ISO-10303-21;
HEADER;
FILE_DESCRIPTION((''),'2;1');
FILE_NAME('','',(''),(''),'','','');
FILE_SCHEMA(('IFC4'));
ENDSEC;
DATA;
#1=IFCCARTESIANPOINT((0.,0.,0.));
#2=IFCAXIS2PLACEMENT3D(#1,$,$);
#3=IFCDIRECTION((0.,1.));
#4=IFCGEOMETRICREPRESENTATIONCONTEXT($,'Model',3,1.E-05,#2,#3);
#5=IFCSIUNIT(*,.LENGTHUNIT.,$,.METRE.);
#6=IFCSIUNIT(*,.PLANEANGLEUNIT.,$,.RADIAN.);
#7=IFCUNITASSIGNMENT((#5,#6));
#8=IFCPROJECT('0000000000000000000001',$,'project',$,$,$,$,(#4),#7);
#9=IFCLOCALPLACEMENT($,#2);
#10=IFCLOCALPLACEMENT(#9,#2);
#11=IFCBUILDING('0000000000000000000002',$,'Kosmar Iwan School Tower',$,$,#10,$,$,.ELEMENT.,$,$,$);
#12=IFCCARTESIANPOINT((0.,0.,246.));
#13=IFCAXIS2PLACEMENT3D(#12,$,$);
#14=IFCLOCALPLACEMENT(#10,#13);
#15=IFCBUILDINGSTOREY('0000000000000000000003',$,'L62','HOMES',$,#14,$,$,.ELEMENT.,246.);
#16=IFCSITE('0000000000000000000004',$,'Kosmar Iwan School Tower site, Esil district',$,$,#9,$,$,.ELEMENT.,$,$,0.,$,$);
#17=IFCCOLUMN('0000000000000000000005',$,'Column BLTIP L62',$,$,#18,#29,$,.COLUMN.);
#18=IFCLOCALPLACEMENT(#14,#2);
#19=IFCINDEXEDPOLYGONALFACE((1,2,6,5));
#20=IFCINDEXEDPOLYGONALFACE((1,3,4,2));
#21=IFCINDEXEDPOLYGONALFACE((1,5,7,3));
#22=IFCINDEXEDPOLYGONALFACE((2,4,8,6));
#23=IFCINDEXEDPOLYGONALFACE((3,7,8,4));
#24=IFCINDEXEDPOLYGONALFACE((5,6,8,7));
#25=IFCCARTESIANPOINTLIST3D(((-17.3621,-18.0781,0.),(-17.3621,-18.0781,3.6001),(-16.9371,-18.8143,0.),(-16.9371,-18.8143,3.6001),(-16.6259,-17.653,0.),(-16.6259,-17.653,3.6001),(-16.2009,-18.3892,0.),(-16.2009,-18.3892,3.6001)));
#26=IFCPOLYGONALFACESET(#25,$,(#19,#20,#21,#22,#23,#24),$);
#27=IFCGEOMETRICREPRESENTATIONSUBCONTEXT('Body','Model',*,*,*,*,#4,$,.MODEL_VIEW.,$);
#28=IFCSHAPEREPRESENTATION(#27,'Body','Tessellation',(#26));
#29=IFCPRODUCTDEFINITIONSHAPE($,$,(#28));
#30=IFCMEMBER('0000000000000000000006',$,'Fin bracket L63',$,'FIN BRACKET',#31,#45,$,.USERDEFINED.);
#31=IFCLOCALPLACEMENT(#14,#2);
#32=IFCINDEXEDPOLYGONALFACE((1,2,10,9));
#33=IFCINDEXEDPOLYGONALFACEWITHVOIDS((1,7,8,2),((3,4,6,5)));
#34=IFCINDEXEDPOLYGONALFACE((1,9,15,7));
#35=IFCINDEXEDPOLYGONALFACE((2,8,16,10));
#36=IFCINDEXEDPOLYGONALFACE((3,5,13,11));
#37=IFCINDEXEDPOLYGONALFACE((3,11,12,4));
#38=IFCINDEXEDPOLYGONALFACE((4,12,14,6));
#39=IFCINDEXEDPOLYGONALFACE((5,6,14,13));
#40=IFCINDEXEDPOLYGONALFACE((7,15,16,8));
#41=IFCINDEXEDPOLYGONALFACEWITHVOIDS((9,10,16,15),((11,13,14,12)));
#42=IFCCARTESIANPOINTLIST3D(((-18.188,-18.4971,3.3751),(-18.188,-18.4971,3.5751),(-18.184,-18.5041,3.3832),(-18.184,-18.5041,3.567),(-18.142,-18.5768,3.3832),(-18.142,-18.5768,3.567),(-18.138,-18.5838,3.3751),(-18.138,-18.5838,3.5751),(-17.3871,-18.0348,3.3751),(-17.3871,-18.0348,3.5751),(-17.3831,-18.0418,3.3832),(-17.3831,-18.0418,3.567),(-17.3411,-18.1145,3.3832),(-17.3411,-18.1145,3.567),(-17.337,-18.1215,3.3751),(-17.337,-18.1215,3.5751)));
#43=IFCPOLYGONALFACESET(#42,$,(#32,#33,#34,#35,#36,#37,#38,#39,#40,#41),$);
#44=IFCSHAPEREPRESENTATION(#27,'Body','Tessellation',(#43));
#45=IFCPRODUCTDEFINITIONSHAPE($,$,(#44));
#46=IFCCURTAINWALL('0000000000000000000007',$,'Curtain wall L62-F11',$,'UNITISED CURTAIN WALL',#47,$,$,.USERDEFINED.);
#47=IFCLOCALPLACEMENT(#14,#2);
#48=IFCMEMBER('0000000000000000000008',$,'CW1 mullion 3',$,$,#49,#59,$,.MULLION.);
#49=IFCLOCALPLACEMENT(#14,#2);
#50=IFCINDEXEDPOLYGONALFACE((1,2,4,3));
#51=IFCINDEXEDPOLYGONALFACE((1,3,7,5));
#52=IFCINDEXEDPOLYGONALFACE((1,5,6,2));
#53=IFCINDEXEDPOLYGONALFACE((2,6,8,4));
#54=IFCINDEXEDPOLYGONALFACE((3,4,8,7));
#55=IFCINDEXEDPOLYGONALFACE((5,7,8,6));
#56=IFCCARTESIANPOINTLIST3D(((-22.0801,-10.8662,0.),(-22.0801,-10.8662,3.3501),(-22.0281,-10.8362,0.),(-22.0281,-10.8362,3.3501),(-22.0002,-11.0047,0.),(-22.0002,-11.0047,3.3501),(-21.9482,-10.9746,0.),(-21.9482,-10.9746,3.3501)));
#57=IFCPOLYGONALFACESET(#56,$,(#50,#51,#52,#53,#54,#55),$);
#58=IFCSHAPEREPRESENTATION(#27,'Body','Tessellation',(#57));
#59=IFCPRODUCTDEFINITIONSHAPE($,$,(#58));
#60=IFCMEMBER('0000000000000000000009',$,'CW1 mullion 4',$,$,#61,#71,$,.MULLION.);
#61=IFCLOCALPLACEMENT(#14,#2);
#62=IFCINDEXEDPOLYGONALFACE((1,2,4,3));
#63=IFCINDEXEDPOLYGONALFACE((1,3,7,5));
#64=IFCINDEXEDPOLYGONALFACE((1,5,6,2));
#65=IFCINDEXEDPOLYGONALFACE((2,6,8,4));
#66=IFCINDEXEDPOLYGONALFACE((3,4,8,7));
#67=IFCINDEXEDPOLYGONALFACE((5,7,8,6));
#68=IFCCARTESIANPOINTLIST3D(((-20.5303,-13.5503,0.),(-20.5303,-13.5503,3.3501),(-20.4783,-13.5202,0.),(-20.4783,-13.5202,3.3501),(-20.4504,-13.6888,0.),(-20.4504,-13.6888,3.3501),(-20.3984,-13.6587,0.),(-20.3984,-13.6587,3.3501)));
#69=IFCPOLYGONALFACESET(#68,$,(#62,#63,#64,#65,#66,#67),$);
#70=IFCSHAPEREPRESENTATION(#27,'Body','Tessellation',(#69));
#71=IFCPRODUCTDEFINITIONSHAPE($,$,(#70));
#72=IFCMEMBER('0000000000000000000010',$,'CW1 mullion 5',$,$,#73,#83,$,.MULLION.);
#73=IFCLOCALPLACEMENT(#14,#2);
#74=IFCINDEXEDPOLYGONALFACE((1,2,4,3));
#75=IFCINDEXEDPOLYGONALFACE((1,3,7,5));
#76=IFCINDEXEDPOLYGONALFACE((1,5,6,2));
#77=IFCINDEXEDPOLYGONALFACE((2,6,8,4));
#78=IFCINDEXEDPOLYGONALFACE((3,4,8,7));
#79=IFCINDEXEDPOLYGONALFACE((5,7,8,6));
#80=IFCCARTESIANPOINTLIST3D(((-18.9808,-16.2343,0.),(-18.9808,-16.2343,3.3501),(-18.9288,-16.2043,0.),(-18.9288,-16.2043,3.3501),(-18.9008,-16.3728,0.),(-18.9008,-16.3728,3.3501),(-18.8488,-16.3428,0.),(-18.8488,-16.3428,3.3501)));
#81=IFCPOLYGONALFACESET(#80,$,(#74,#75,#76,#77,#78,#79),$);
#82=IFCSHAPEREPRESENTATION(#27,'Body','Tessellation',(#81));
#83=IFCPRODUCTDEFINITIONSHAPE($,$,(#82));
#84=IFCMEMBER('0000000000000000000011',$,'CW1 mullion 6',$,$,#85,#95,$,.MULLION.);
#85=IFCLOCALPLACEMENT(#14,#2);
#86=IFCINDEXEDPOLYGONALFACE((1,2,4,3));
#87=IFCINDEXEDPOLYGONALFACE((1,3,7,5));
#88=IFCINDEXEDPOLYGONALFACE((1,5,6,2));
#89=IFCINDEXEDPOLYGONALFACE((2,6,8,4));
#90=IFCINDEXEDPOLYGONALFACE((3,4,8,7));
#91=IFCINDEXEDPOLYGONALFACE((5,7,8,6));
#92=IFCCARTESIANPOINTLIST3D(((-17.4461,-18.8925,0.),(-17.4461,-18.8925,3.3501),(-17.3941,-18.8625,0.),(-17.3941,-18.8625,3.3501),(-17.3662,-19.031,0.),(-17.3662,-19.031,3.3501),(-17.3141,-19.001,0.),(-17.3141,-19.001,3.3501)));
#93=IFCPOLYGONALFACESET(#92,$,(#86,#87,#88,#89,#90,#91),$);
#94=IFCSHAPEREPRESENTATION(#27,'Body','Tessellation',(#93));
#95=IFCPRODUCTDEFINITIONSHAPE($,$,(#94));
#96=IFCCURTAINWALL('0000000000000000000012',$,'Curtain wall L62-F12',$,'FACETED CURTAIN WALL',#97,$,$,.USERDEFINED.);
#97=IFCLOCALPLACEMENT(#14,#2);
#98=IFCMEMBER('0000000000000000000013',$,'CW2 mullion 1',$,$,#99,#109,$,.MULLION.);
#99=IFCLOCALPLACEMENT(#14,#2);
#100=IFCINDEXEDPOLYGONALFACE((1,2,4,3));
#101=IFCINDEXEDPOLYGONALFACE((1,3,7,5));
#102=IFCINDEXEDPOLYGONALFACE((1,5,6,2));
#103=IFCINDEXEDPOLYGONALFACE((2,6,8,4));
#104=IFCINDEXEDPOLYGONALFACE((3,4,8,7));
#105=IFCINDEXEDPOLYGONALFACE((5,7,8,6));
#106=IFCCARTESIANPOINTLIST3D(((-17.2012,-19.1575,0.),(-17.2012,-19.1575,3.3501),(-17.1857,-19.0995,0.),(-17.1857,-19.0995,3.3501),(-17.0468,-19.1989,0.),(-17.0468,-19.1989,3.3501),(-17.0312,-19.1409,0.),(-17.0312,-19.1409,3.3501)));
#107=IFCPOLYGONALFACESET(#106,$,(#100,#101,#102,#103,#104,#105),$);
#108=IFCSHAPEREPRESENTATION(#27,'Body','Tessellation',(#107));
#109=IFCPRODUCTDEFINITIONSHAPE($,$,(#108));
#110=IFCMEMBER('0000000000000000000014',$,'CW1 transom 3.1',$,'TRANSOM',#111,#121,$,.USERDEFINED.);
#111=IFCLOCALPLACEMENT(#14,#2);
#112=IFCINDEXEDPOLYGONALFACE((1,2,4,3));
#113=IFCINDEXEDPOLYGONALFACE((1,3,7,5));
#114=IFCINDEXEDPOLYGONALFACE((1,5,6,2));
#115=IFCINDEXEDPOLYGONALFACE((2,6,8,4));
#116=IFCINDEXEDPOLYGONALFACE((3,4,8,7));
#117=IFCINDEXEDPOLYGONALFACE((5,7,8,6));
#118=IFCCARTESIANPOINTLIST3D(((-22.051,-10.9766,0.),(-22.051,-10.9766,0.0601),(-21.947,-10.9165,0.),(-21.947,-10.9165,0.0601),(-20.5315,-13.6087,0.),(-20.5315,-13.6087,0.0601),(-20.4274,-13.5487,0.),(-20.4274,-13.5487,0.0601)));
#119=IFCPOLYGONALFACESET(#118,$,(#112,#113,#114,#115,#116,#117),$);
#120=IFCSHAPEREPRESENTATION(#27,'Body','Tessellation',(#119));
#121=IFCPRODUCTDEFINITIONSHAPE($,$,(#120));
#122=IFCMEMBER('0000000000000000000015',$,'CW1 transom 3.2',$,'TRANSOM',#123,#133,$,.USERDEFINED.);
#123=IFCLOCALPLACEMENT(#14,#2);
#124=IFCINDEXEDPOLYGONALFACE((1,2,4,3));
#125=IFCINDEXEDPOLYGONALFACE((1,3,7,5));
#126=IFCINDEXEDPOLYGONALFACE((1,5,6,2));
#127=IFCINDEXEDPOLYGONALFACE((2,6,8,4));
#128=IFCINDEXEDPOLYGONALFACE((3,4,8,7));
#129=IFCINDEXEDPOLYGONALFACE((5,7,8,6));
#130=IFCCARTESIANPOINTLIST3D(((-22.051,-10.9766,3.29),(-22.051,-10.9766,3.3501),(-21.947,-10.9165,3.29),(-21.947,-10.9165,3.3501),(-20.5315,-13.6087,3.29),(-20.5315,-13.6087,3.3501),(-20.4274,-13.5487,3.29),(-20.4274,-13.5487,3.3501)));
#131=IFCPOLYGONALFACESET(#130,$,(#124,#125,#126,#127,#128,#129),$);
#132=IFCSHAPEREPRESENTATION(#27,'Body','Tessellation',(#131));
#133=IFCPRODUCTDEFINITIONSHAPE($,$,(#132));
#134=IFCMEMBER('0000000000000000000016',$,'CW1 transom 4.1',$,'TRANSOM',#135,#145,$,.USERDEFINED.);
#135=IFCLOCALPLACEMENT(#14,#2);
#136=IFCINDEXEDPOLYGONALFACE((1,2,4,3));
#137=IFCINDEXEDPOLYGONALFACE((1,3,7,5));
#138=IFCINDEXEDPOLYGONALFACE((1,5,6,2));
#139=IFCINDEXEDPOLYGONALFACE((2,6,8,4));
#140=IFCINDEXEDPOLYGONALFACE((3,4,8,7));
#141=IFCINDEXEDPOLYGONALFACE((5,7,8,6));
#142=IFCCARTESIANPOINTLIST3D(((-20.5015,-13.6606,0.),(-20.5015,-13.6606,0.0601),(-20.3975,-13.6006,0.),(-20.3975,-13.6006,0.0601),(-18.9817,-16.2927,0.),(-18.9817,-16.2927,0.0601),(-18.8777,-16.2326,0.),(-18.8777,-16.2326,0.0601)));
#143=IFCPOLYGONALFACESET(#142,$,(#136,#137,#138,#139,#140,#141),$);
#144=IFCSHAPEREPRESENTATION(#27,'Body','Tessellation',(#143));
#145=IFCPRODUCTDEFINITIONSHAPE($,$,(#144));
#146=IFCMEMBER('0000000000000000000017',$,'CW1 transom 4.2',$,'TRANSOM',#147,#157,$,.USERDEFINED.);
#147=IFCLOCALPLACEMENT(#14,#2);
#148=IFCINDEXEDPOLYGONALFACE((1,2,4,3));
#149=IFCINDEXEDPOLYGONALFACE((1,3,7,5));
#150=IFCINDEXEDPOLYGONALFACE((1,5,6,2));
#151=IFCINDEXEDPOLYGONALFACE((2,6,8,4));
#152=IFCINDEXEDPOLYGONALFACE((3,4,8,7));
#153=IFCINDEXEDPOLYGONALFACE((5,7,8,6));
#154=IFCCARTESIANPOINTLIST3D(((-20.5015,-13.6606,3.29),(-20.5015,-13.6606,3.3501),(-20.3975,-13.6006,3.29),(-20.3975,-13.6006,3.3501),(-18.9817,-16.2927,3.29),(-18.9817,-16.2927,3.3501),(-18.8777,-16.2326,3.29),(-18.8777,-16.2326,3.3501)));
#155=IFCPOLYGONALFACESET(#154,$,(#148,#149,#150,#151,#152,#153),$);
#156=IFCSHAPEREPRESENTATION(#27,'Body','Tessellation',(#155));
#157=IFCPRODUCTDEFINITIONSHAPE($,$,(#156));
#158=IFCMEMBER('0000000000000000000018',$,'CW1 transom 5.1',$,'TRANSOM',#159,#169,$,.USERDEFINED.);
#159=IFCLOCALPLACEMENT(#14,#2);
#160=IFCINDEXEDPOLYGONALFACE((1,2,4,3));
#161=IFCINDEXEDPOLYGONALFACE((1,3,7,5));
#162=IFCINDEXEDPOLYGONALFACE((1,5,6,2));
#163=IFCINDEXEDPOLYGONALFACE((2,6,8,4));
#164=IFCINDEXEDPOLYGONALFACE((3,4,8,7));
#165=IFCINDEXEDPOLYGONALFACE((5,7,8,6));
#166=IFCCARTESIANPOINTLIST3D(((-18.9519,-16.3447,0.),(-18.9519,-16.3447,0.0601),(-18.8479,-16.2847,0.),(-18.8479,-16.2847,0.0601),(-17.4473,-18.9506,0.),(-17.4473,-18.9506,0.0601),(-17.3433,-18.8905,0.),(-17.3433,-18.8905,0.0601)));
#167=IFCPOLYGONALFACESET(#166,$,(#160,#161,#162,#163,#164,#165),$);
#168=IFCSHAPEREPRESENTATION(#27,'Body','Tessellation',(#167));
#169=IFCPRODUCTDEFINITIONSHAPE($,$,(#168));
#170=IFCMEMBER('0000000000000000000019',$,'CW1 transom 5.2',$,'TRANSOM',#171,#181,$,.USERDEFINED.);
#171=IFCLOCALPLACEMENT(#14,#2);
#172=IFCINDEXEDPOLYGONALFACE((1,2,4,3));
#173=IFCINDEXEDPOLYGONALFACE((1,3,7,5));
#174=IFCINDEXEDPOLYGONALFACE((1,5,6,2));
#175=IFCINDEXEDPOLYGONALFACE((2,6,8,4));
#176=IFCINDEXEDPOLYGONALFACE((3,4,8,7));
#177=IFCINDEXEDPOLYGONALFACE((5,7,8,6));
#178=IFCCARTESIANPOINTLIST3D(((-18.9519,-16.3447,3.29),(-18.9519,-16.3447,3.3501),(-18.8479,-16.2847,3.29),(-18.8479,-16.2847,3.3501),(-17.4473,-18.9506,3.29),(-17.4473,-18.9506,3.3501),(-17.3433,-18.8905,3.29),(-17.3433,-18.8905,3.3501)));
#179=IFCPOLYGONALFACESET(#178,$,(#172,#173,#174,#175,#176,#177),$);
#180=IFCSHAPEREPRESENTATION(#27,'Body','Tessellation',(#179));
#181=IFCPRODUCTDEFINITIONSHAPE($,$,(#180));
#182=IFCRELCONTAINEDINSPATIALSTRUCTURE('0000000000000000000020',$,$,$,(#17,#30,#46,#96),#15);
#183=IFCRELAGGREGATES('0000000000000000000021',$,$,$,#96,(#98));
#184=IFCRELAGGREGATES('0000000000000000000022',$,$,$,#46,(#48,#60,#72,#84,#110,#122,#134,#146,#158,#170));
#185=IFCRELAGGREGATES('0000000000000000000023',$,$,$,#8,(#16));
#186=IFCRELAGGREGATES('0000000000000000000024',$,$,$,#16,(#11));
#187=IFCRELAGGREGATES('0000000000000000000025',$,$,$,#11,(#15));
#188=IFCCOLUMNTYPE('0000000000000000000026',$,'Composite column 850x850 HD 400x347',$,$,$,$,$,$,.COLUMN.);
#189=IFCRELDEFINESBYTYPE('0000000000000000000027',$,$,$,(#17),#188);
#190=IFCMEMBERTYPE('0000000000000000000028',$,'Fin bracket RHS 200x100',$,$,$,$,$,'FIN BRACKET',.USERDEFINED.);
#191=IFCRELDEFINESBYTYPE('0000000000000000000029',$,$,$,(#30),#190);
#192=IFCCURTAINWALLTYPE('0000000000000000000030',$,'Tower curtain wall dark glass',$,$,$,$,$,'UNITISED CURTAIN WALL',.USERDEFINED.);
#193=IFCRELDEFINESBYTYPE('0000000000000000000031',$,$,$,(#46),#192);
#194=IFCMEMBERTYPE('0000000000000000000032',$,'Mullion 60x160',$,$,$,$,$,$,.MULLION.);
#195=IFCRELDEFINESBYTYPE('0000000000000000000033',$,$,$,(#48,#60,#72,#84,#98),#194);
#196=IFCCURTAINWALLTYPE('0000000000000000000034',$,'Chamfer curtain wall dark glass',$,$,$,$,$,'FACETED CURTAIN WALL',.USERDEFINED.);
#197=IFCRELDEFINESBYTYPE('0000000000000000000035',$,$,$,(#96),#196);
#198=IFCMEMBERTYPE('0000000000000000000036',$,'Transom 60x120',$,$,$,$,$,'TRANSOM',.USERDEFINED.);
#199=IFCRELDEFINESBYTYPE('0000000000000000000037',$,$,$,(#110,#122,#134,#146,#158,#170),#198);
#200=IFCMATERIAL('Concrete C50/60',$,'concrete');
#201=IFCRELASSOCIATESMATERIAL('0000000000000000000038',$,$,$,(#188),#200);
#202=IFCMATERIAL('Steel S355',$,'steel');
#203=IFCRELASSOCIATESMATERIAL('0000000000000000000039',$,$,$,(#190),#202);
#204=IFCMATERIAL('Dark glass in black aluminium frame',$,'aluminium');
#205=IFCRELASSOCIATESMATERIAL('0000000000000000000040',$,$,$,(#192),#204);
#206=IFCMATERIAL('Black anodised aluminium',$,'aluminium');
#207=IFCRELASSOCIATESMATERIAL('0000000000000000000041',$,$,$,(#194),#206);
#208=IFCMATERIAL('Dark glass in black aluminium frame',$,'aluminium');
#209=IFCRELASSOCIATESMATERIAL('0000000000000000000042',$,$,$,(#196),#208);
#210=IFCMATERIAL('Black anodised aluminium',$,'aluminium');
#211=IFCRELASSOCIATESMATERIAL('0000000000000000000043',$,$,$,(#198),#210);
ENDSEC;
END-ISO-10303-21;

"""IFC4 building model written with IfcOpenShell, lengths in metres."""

from ifc_helpers import new_model, si_unit, direction, frame, origin, origin_2d, place, context, subcontext, project, spatial, rectangle, hollow_rectangle, extrude, material, material_profile, profile_set, type_object, element, aggregate, save


model = new_model("IFC4")

# Units and contexts
model_context = context("Model", 3, precision=1e-05, world=origin(), true_north=direction((0.0, 1.0)))
body_context = subcontext(model_context, "Body", "Model", "MODEL_VIEW")
ifc_project = project(units=[si_unit("LENGTHUNIT", "METRE"), si_unit("PLANEANGLEUNIT", "RADIAN")], contexts=[model_context])

# Site, building, storey
site_placement = place(None, origin())
site = spatial("IfcSite", under=ifc_project, at=site_placement, Name="Kosmar Iwan School Tower site, Esil district", CompositionType="ELEMENT", RefElevation=0.0)
building_placement = place(site_placement, origin())
building = spatial("IfcBuilding", under=site, at=building_placement, Name="Kosmar Iwan School Tower", CompositionType="ELEMENT")
storey_placement = place(building_placement, frame((0.0, 0.0, 246.0)))
storey = spatial("IfcBuildingStorey", under=building, at=storey_placement, Name="L62", Description="HOMES", CompositionType="ELEMENT", Elevation=246.0)

# Column
ifc_material_1 = material(Name="Concrete C50/60", Category="concrete")
ifc_material_profile_1 = material_profile(ifc_material_1, rectangle(XDim=0.8501, YDim=0.8501, at=origin_2d()), Name="RC 850x850 + HD 400x347")
ifc_profile_set_1 = profile_set([ifc_material_profile_1], Name="Concrete C50/60")
column_type = type_object("IfcColumnType", Name="Composite column 850x850 HD 400x347", PredefinedType="COLUMN", material=ifc_profile_set_1)
column_placement = place(storey_placement, frame((-16.7815, -18.2336, 0.0), z_axis=(0.0, 0.0, 1.0), x_axis=(-0.866025, -0.5, 0.0)))
element("IfcColumn", 1, at=column_placement, inside=storey, type_object=column_type, Name="Column BLTIP L62", PredefinedType="COLUMN", context=body_context, shape_type="SweptSolid", body=[
    extrude(rectangle(XDim=0.8501, YDim=0.8501, at=origin_2d()), origin(), (0.0, 0.0, 1.0), 3.6001),
])

# Member
ifc_material_2 = material(Name="Steel S355", Category="steel")
ifc_material_profile_2 = material_profile(ifc_material_2, hollow_rectangle(XDim=0.1001, YDim=0.2, WallThickness=0.0081, at=origin_2d()), Name="RHS 200x100x8")
ifc_profile_set_2 = profile_set([ifc_material_profile_2], Name="Steel S355")
member_type_1 = type_object("IfcMemberType", Name="Fin bracket RHS 200x100", ElementType="FIN BRACKET", PredefinedType="USERDEFINED", material=ifc_profile_set_2)
member_1_placement = place(storey_placement, frame((-17.3621, -18.0781, 3.4751), z_axis=(-0.866058, -0.499943, 0.0), x_axis=(0.499943, -0.866058, 0.0)))
element("IfcMember", 2, at=member_1_placement, inside=storey, type_object=member_type_1, Name="Fin bracket L63", ObjectType="FIN BRACKET", PredefinedType="USERDEFINED", context=body_context, shape_type="SweptSolid", body=[
    extrude(hollow_rectangle(XDim=0.1001, YDim=0.2, WallThickness=0.0081, at=origin_2d()), origin(), (0.0, 0.0, 1.0), 0.9248),
])

# Curtain wall, members
ifc_material_3 = material(Name="Dark glass in black aluminium frame", Category="aluminium")
curtain_wall_type_1 = type_object("IfcCurtainWallType", Name="Tower curtain wall dark glass", ElementType="UNITISED CURTAIN WALL", PredefinedType="USERDEFINED", material=ifc_material_3)
curtain_wall_1_placement = place(storey_placement, origin())
curtain_wall_1 = element("IfcCurtainWall", 3, at=curtain_wall_1_placement, inside=storey, type_object=curtain_wall_type_1, Name="Curtain wall L62-F11", ObjectType="UNITISED CURTAIN WALL", PredefinedType="USERDEFINED")
ifc_material_4 = material(Name="Black anodised aluminium", Category="aluminium")
ifc_material_profile_3 = material_profile(ifc_material_4, rectangle(XDim=0.0601, YDim=0.1599, at=origin_2d()), Name="MULLION 60x160")
ifc_profile_set_3 = profile_set([ifc_material_profile_3], Name="Black anodised aluminium")
member_type_2 = type_object("IfcMemberType", Name="Mullion 60x160", PredefinedType="MULLION", material=ifc_profile_set_3)
member_2_placement = place(storey_placement, frame((-22.0142, -10.9204, 0.0), z_axis=(0.0, 0.0, 1.0), x_axis=(0.866025, 0.5, 0.0)))
member_2 = element("IfcMember", 4, at=member_2_placement, type_object=member_type_2, Name="CW1 mullion 3", PredefinedType="MULLION", context=body_context, shape_type="SweptSolid", body=[
    extrude(rectangle(XDim=0.0601, YDim=0.1599, at=origin_2d()), origin(), (0.0, 0.0, 1.0), 3.3501),
])
member_3_placement = place(storey_placement, frame((-20.4644, -13.6045, 0.0), z_axis=(0.0, 0.0, 1.0), x_axis=(0.866025, 0.5, 0.0)))
member_3 = element("IfcMember", 5, at=member_3_placement, type_object=member_type_2, Name="CW1 mullion 4", PredefinedType="MULLION", context=body_context, shape_type="SweptSolid", body=[
    extrude(rectangle(XDim=0.0601, YDim=0.1599, at=origin_2d()), origin(), (0.0, 0.0, 1.0), 3.3501),
])
member_4_placement = place(storey_placement, frame((-18.9148, -16.2886, 0.0), z_axis=(0.0, 0.0, 1.0), x_axis=(0.866025, 0.5, 0.0)))
member_4 = element("IfcMember", 6, at=member_4_placement, type_object=member_type_2, Name="CW1 mullion 5", PredefinedType="MULLION", context=body_context, shape_type="SweptSolid", body=[
    extrude(rectangle(XDim=0.0601, YDim=0.1599, at=origin_2d()), origin(), (0.0, 0.0, 1.0), 3.3501),
])
member_5_placement = place(storey_placement, frame((-17.3801, -18.9468, 0.0), z_axis=(0.0, 0.0, 1.0), x_axis=(0.866025, 0.5, 0.0)))
member_5 = element("IfcMember", 7, at=member_5_placement, type_object=member_type_2, Name="CW1 mullion 6", PredefinedType="MULLION", context=body_context, shape_type="SweptSolid", body=[
    extrude(rectangle(XDim=0.0601, YDim=0.1599, at=origin_2d()), origin(), (0.0, 0.0, 1.0), 3.3501),
])

# Curtain wall, member
ifc_material_5 = material(Name="Dark glass in black aluminium frame", Category="aluminium")
curtain_wall_type_2 = type_object("IfcCurtainWallType", Name="Chamfer curtain wall dark glass", ElementType="FACETED CURTAIN WALL", PredefinedType="USERDEFINED", material=ifc_material_5)
curtain_wall_2_placement = place(storey_placement, origin())
curtain_wall_2 = element("IfcCurtainWall", 8, at=curtain_wall_2_placement, inside=storey, type_object=curtain_wall_type_2, Name="Curtain wall L62-F12", ObjectType="FACETED CURTAIN WALL", PredefinedType="USERDEFINED")
member_6_placement = place(storey_placement, frame((-17.1162, -19.1492, 0.0), z_axis=(0.0, 0.0, 1.0), x_axis=(0.258819, 0.965926, 0.0)))
member_6 = element("IfcMember", 9, at=member_6_placement, type_object=member_type_2, Name="CW2 mullion 1", PredefinedType="MULLION", context=body_context, shape_type="SweptSolid", body=[
    extrude(rectangle(XDim=0.0601, YDim=0.1599, at=origin_2d()), origin(), (0.0, 0.0, 1.0), 3.3501),
])

# Members
ifc_material_6 = material(Name="Black anodised aluminium", Category="aluminium")
ifc_material_profile_4 = material_profile(ifc_material_6, rectangle(XDim=0.1201, YDim=0.0601, at=origin_2d()), Name="TRANSOM 60x120")
ifc_profile_set_4 = profile_set([ifc_material_profile_4], Name="Black anodised aluminium")
member_type_3 = type_object("IfcMemberType", Name="Transom 60x120", ElementType="TRANSOM", PredefinedType="USERDEFINED", material=ifc_profile_set_4)
member_7_placement = place(storey_placement, frame((-21.999, -10.9465, 0.03), z_axis=(0.499975, -0.86604, 0.0), x_axis=(0.86604, 0.499975, 0.0)))
member_7 = element("IfcMember", 10, at=member_7_placement, type_object=member_type_3, Name="CW1 transom 3.1", ObjectType="TRANSOM", PredefinedType="USERDEFINED", context=body_context, shape_type="SweptSolid", body=[
    extrude(rectangle(XDim=0.1201, YDim=0.0601, at=origin_2d()), origin(), (0.0, 0.0, 1.0), 3.0393),
])
member_8_placement = place(storey_placement, frame((-21.999, -10.9465, 3.3201), z_axis=(0.499975, -0.86604, 0.0), x_axis=(0.86604, 0.499975, 0.0)))
member_8 = element("IfcMember", 11, at=member_8_placement, type_object=member_type_3, Name="CW1 transom 3.2", ObjectType="TRANSOM", PredefinedType="USERDEFINED", context=body_context, shape_type="SweptSolid", body=[
    extrude(rectangle(XDim=0.1201, YDim=0.0601, at=origin_2d()), origin(), (0.0, 0.0, 1.0), 3.0393),
])
member_9_placement = place(storey_placement, frame((-20.4495, -13.6306, 0.03), z_axis=(0.500035, -0.866005, 0.0), x_axis=(0.866005, 0.500035, 0.0)))
member_9 = element("IfcMember", 12, at=member_9_placement, type_object=member_type_3, Name="CW1 transom 4.1", ObjectType="TRANSOM", PredefinedType="USERDEFINED", context=body_context, shape_type="SweptSolid", body=[
    extrude(rectangle(XDim=0.1201, YDim=0.0601, at=origin_2d()), origin(), (0.0, 0.0, 1.0), 3.0393),
])
member_10_placement = place(storey_placement, frame((-20.4495, -13.6306, 3.3201), z_axis=(0.500035, -0.866005, 0.0), x_axis=(0.866005, 0.500035, 0.0)))
member_10 = element("IfcMember", 13, at=member_10_placement, type_object=member_type_3, Name="CW1 transom 4.2", ObjectType="TRANSOM", PredefinedType="USERDEFINED", context=body_context, shape_type="SweptSolid", body=[
    extrude(rectangle(XDim=0.1201, YDim=0.0601, at=origin_2d()), origin(), (0.0, 0.0, 1.0), 3.0393),
])
member_11_placement = place(storey_placement, frame((-18.8999, -16.3147, 0.03), z_axis=(0.500022, -0.866013, 0.0), x_axis=(0.866013, 0.500022, 0.0)))
member_11 = element("IfcMember", 14, at=member_11_placement, type_object=member_type_3, Name="CW1 transom 5.1", ObjectType="TRANSOM", PredefinedType="USERDEFINED", context=body_context, shape_type="SweptSolid", body=[
    extrude(rectangle(XDim=0.1201, YDim=0.0601, at=origin_2d()), origin(), (0.0, 0.0, 1.0), 3.009),
])
member_12_placement = place(storey_placement, frame((-18.8999, -16.3147, 3.3201), z_axis=(0.500022, -0.866013, 0.0), x_axis=(0.866013, 0.500022, 0.0)))
member_12 = element("IfcMember", 15, at=member_12_placement, type_object=member_type_3, Name="CW1 transom 5.2", ObjectType="TRANSOM", PredefinedType="USERDEFINED", context=body_context, shape_type="SweptSolid", body=[
    extrude(rectangle(XDim=0.1201, YDim=0.0601, at=origin_2d()), origin(), (0.0, 0.0, 1.0), 3.009),
])
aggregate(curtain_wall_2, [member_6])

aggregate(curtain_wall_1, [member_2, member_3, member_4, member_5, member_7, member_8, member_9, member_10, member_11, member_12])

save(model, "model.ifc")
